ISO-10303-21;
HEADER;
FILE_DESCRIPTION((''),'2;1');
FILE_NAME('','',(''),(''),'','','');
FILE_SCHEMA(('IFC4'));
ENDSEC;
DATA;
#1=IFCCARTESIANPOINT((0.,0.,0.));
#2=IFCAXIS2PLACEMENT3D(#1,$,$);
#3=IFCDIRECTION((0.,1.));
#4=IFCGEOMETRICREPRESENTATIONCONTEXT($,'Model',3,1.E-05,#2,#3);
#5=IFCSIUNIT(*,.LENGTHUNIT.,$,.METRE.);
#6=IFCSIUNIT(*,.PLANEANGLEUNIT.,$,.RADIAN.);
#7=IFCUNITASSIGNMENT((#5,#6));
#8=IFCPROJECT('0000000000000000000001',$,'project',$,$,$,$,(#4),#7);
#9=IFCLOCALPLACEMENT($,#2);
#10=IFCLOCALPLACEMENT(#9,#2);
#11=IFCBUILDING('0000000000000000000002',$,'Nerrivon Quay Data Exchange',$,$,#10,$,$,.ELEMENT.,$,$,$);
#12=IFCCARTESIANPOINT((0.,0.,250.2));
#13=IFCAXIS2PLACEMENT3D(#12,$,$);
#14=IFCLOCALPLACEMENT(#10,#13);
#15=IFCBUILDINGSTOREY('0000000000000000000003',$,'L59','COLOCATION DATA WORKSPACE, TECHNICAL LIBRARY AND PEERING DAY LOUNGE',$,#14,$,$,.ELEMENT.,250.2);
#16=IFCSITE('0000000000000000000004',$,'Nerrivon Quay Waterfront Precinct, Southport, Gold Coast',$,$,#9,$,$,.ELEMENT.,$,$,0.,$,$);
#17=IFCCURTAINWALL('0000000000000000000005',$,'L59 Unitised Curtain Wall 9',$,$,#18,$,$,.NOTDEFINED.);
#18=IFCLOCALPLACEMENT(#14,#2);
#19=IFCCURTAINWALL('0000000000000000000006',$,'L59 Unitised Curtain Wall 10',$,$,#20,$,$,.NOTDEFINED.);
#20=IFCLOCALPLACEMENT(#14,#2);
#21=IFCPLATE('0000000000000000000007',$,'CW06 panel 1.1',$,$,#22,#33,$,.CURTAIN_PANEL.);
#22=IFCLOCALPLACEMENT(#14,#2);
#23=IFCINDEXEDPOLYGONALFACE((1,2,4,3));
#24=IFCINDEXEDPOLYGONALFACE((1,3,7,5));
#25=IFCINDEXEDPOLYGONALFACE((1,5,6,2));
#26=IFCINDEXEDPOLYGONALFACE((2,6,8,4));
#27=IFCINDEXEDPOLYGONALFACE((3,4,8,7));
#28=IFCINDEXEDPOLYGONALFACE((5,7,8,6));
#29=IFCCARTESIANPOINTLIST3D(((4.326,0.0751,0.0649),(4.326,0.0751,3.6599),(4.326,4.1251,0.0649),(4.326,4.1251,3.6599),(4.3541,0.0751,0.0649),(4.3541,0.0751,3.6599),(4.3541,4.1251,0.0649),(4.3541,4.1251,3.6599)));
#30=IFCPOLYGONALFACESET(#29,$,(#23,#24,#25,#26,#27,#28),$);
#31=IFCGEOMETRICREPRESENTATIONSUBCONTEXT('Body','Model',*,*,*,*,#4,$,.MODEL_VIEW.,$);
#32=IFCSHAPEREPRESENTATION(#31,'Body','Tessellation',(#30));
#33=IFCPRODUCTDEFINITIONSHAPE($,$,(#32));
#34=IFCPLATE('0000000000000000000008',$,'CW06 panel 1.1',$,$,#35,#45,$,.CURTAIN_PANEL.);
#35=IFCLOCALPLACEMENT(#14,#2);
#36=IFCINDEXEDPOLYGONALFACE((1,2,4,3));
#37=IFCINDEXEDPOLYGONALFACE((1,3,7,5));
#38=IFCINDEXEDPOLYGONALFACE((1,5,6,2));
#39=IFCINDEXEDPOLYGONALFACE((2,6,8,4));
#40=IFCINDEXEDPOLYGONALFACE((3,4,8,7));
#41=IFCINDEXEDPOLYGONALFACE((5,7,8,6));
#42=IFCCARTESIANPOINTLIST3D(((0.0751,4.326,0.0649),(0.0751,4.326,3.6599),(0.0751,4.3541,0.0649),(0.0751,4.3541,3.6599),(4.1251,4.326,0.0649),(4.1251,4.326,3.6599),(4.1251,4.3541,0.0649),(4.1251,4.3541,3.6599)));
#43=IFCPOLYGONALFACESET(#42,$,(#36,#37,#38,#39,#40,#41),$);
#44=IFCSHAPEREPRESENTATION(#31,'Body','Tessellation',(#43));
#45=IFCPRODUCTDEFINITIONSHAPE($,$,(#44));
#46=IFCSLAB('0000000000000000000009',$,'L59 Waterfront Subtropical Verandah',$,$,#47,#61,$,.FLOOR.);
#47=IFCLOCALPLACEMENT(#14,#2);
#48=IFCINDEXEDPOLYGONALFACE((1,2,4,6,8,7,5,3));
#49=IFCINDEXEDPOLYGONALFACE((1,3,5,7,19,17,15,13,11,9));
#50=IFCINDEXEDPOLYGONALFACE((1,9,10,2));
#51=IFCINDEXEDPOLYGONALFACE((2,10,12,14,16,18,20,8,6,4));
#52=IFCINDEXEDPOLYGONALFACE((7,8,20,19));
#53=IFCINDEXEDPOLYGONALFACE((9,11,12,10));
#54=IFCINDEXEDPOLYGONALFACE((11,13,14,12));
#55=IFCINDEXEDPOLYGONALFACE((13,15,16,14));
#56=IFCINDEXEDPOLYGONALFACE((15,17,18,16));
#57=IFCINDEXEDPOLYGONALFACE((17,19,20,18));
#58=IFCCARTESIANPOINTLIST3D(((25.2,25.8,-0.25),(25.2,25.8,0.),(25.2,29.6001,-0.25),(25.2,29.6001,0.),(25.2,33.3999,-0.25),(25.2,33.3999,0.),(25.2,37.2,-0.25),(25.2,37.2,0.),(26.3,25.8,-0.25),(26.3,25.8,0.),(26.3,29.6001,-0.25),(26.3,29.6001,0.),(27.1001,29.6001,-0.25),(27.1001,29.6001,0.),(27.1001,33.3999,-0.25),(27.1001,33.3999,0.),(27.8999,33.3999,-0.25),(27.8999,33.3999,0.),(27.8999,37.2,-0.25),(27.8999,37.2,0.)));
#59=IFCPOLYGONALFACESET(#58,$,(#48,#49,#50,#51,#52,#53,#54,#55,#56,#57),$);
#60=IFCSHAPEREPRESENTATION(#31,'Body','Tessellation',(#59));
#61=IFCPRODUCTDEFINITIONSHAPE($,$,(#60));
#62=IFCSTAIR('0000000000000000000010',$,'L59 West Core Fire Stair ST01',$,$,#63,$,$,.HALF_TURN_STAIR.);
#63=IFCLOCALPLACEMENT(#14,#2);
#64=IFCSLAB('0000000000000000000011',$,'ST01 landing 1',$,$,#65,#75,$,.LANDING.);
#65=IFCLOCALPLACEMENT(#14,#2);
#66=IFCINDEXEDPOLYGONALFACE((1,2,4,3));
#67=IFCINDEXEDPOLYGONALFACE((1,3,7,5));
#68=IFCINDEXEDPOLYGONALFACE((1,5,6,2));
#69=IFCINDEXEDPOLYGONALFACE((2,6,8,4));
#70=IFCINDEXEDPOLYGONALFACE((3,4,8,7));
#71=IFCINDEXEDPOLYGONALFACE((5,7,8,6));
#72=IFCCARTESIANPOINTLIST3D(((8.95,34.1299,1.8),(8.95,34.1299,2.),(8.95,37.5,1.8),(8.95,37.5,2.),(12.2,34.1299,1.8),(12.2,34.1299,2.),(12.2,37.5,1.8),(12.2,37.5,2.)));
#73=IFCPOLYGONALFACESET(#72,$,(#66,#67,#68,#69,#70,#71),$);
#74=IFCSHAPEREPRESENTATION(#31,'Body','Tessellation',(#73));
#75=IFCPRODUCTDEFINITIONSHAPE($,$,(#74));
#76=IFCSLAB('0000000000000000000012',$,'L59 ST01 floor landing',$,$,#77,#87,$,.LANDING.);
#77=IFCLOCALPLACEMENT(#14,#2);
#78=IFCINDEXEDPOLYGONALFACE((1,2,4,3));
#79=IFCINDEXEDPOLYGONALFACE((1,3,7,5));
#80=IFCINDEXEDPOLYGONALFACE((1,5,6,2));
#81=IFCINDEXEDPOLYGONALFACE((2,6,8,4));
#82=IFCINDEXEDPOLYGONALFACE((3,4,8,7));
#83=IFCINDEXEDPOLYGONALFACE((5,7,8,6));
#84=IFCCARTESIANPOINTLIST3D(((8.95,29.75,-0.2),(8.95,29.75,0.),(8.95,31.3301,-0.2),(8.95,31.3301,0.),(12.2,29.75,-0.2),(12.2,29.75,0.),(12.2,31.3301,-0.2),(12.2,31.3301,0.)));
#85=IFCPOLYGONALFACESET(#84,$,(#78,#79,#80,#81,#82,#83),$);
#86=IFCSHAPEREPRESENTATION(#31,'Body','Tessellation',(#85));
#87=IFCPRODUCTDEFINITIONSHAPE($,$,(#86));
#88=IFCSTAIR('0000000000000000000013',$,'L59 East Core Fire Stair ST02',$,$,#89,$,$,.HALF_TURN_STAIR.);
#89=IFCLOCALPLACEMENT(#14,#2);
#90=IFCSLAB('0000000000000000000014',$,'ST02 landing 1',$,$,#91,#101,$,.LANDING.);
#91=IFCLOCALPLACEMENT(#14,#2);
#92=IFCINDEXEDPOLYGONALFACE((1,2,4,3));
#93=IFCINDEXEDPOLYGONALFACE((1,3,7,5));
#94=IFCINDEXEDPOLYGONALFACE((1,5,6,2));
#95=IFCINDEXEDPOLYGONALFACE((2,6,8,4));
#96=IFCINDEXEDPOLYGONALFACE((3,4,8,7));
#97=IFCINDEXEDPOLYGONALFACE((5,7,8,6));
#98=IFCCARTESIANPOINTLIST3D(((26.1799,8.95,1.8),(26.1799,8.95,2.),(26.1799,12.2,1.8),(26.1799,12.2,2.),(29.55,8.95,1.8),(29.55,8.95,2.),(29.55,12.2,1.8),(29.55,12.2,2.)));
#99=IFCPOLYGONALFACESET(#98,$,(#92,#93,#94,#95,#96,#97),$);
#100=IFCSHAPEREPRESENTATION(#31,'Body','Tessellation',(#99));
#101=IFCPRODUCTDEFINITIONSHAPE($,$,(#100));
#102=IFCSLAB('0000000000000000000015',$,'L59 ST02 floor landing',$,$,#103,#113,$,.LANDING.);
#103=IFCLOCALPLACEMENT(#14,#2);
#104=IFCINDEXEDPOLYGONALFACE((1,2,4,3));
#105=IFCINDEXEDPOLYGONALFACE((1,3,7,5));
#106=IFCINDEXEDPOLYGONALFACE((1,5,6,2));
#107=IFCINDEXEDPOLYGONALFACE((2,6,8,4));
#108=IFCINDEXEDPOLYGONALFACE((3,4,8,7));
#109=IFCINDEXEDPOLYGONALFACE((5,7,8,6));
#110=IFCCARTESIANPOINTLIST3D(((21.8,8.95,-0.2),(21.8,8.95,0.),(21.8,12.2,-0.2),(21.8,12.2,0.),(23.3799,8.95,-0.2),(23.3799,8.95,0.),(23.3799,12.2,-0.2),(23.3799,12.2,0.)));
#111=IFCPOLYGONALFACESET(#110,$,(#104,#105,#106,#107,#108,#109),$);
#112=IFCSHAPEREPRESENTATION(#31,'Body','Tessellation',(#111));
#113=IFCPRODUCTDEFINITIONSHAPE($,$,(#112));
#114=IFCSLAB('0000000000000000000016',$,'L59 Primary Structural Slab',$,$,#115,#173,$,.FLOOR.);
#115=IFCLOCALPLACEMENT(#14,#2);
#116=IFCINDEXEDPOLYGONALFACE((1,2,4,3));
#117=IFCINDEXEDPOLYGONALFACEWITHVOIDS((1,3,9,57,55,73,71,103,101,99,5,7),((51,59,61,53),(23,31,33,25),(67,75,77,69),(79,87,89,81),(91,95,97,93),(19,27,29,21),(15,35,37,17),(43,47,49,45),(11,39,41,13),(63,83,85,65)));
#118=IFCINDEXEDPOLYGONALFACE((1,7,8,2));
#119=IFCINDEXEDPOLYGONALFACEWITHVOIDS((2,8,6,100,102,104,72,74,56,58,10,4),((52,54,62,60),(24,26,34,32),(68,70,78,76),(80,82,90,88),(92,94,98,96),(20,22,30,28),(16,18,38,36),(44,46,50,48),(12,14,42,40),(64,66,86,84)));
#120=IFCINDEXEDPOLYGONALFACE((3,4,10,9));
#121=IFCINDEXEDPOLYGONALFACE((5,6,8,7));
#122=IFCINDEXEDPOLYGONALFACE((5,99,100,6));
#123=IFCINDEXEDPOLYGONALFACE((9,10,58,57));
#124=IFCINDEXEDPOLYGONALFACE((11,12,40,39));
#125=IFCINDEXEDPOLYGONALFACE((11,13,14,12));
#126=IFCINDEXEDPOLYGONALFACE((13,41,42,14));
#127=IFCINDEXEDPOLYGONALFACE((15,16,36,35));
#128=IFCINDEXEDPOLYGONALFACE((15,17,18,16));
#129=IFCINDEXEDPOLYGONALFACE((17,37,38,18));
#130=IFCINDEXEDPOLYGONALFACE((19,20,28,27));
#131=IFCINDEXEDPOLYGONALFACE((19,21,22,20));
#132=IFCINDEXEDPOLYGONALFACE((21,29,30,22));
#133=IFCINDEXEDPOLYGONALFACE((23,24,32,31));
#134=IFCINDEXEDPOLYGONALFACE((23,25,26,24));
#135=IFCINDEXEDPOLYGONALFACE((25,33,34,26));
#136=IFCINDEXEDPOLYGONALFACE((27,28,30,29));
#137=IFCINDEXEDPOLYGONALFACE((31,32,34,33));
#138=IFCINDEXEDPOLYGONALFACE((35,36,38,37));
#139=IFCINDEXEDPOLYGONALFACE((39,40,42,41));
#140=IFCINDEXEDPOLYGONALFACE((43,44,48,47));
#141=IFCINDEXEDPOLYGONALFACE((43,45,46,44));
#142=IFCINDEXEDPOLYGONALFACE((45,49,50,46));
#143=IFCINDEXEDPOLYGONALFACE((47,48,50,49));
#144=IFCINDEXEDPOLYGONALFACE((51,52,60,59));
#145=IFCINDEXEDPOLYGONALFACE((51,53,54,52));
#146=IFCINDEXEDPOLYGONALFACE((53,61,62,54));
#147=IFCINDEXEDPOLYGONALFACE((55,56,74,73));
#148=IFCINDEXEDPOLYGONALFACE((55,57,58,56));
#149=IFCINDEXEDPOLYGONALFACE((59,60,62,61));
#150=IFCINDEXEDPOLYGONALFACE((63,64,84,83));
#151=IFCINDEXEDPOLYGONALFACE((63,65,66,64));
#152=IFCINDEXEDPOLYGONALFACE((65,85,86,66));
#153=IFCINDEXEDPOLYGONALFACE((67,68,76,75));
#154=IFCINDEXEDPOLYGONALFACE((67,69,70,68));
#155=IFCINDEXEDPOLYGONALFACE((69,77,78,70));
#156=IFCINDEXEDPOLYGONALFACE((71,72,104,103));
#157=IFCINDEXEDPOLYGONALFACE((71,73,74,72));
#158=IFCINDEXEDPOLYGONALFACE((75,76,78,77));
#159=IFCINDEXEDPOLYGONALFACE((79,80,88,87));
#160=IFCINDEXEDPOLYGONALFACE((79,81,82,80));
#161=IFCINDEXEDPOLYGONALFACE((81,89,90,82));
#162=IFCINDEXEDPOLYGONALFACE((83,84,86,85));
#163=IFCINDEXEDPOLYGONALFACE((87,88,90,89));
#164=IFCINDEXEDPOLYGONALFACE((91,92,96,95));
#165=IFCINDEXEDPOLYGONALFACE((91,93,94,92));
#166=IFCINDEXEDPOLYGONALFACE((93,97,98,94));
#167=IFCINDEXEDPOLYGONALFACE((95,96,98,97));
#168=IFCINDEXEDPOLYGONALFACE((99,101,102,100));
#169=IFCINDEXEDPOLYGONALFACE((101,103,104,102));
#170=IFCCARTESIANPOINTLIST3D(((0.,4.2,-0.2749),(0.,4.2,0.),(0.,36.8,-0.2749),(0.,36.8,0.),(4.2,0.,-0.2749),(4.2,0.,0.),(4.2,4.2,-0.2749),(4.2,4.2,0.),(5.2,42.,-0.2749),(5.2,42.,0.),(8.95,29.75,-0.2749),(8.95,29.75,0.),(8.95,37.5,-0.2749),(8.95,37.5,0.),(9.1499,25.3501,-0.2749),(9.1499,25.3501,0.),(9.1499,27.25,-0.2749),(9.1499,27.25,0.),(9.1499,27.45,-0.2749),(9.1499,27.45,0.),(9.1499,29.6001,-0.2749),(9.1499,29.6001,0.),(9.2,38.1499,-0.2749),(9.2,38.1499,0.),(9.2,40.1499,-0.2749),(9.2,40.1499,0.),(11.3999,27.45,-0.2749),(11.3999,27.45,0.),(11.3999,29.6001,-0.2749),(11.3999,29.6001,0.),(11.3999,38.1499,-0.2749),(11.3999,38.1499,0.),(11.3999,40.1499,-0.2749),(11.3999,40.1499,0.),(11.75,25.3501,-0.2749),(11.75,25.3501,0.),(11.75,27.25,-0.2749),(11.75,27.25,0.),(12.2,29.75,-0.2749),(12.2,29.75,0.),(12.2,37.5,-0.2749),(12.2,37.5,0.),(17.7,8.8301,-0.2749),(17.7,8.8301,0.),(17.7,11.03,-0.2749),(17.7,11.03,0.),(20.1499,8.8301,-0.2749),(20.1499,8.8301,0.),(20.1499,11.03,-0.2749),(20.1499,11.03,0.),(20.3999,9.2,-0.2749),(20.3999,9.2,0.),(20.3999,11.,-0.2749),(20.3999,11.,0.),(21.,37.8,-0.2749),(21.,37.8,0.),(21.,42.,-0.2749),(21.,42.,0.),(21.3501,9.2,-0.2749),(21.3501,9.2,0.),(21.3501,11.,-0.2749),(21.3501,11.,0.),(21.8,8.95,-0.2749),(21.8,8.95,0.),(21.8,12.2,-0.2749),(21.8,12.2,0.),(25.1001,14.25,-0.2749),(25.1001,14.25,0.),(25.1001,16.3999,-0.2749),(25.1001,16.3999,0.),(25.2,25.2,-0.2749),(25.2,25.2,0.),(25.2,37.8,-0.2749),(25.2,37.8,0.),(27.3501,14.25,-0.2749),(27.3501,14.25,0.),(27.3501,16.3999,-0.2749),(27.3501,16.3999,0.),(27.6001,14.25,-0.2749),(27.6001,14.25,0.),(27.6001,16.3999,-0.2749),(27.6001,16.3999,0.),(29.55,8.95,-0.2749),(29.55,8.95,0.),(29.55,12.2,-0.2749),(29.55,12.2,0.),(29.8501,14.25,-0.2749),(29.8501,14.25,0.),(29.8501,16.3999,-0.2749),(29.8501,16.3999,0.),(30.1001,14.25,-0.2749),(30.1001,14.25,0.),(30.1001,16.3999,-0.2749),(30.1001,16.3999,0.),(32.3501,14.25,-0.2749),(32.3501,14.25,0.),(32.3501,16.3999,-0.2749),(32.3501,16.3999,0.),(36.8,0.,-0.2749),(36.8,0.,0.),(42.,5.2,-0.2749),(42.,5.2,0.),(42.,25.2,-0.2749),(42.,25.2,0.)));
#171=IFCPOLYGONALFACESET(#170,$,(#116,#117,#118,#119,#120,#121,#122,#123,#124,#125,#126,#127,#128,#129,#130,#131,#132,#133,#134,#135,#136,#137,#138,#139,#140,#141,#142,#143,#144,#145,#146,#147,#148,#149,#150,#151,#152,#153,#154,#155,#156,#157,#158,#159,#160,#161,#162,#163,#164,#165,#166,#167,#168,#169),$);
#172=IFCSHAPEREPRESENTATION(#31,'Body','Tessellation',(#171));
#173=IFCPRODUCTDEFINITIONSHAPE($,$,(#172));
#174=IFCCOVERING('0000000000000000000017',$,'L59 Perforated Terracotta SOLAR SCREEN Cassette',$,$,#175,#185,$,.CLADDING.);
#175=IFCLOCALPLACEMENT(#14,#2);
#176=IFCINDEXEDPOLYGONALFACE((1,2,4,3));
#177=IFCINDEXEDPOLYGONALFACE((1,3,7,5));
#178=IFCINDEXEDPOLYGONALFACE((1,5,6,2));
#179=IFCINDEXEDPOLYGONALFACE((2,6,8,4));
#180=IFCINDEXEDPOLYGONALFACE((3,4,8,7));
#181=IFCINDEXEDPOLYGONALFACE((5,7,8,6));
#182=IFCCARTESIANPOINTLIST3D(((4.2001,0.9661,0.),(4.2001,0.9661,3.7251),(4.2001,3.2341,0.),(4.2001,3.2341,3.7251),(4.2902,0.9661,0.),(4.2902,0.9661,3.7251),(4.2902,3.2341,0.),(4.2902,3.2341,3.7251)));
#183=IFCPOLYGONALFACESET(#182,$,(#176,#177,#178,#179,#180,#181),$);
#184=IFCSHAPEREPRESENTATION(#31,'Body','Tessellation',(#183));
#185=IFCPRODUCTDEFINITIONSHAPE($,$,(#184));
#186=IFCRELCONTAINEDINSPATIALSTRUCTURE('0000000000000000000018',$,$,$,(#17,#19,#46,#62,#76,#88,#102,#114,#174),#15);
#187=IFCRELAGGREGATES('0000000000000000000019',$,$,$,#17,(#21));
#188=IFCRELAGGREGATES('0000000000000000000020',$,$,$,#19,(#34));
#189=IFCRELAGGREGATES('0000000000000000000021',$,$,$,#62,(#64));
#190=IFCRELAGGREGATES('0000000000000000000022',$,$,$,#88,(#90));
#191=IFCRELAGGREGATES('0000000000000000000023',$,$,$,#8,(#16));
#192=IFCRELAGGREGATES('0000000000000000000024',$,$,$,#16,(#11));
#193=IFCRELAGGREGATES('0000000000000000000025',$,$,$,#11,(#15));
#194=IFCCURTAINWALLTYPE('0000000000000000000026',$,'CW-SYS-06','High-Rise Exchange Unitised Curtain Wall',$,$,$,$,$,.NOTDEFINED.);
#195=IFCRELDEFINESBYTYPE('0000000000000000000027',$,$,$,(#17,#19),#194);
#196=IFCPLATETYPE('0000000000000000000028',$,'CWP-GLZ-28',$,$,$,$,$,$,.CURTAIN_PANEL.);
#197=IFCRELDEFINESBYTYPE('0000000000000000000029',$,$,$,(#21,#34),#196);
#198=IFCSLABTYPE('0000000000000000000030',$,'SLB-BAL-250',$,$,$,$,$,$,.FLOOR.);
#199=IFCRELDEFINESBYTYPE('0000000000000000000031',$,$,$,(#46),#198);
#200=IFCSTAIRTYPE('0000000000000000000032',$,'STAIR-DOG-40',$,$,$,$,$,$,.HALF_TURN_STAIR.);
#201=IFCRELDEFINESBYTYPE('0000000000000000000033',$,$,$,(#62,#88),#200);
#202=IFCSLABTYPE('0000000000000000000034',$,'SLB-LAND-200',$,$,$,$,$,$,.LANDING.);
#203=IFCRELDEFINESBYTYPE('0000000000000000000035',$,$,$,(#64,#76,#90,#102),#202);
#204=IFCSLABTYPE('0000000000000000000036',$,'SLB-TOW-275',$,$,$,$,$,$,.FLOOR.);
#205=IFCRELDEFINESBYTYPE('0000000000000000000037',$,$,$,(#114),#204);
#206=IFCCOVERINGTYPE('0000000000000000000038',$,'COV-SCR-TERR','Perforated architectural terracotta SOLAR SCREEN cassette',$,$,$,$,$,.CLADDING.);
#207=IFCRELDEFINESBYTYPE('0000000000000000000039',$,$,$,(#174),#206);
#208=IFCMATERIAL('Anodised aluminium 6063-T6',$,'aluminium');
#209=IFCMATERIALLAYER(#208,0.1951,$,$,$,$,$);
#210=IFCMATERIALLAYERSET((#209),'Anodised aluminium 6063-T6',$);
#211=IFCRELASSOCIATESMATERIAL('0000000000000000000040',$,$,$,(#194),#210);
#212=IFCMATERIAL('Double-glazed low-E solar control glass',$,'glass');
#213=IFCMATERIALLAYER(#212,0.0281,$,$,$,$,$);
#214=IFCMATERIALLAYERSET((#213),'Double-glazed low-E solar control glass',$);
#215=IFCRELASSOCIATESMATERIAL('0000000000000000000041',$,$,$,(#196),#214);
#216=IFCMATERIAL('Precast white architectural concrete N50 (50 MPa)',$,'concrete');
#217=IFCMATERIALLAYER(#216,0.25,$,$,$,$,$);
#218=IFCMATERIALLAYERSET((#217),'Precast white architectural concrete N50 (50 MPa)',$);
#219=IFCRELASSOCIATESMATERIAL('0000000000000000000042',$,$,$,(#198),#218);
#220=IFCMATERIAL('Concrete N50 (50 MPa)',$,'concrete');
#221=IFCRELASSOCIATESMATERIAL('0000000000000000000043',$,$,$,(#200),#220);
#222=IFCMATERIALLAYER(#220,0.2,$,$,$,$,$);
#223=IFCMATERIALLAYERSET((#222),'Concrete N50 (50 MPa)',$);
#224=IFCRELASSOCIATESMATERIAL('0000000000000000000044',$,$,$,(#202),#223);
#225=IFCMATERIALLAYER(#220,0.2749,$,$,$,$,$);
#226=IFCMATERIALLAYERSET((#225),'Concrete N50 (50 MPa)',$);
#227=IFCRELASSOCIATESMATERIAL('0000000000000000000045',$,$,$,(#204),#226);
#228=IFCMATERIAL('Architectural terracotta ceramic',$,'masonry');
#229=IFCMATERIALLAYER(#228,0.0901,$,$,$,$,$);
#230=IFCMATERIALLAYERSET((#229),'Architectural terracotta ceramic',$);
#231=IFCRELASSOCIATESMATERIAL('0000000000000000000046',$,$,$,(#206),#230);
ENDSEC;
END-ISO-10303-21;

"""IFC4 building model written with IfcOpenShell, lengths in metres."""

from ifc_helpers import new_model, si_unit, direction, frame, origin, origin_2d, place, context, subcontext, project, spatial, polyline, rectangle, outline, extrude, material, layer, layer_set, type_object, element, aggregate, save


model = new_model("IFC4")

# Units and contexts
model_context = context("Model", 3, precision=1e-05, world=origin(), true_north=direction((0.0, 1.0)))
body_context = subcontext(model_context, "Body", "Model", "MODEL_VIEW")
ifc_project = project(units=[si_unit("LENGTHUNIT", "METRE"), si_unit("PLANEANGLEUNIT", "RADIAN")], contexts=[model_context])

# Site, building, storey
site_placement = place(None, origin())
site = spatial("IfcSite", under=ifc_project, at=site_placement, Name="Nerrivon Quay Waterfront Precinct, Southport, Gold Coast", CompositionType="ELEMENT", RefElevation=0.0)
building_placement = place(site_placement, origin())
building = spatial("IfcBuilding", under=site, at=building_placement, Name="Nerrivon Quay Data Exchange", CompositionType="ELEMENT")
storey_placement = place(building_placement, frame((0.0, 0.0, 250.2)))
storey = spatial("IfcBuildingStorey", under=building, at=storey_placement, Name="L59", Description="COLOCATION DATA WORKSPACE, TECHNICAL LIBRARY AND PEERING DAY LOUNGE", CompositionType="ELEMENT", Elevation=250.2)

# Shared definitions
ifc_material_1 = material(Name="Anodised aluminium 6063-T6", Category="aluminium")
ifc_layer_1 = layer(ifc_material_1, 0.1951)
ifc_layer_set_1 = layer_set([ifc_layer_1], Name="Anodised aluminium 6063-T6")
curtain_wall_type = type_object("IfcCurtainWallType", Name="CW-SYS-06", Description="High-Rise Exchange Unitised Curtain Wall", PredefinedType="NOTDEFINED", material=ifc_layer_set_1)

# Curtain wall
curtain_wall_1_placement = place(storey_placement, origin())
curtain_wall_1 = element("IfcCurtainWall", 1, at=curtain_wall_1_placement, inside=storey, type_object=curtain_wall_type, Name="L59 Unitised Curtain Wall 9", PredefinedType="NOTDEFINED")

# Curtain wall
curtain_wall_2_placement = place(storey_placement, origin())
curtain_wall_2 = element("IfcCurtainWall", 2, at=curtain_wall_2_placement, inside=storey, type_object=curtain_wall_type, Name="L59 Unitised Curtain Wall 10", PredefinedType="NOTDEFINED")

# Plates
ifc_material_2 = material(Name="Double-glazed low-E solar control glass", Category="glass")
ifc_layer_2 = layer(ifc_material_2, 0.0281)
ifc_layer_set_2 = layer_set([ifc_layer_2], Name="Double-glazed low-E solar control glass")
plate_type = type_object("IfcPlateType", Name="CWP-GLZ-28", PredefinedType="CURTAIN_PANEL", material=ifc_layer_set_2)
plate_1_placement = place(storey_placement, frame((4.3401, 2.1001, 0.0649), z_axis=(0.0, 0.0, 1.0), x_axis=(0.0, 1.0, 0.0)))
plate_1 = element("IfcPlate", 3, at=plate_1_placement, type_object=plate_type, Name="CW06 panel 1.1", PredefinedType="CURTAIN_PANEL", context=body_context, shape_type="SweptSolid", body=[
    extrude(rectangle(XDim=4.05, YDim=0.0281, at=origin_2d()), origin(), (0.0, 0.0, 1.0), 3.595),
])
aggregate(curtain_wall_1, [plate_1])
plate_2_placement = place(storey_placement, frame((2.1001, 4.3401, 0.0649), z_axis=(0.0, 0.0, 1.0), x_axis=(-1.0, 0.0, 0.0)))
plate_2 = element("IfcPlate", 4, at=plate_2_placement, type_object=plate_type, Name="CW06 panel 1.1", PredefinedType="CURTAIN_PANEL", context=body_context, shape_type="SweptSolid", body=[
    extrude(rectangle(XDim=4.05, YDim=0.0281, at=origin_2d()), origin(), (0.0, 0.0, 1.0), 3.595),
])
aggregate(curtain_wall_2, [plate_2])

# Slab
ifc_material_3 = material(Name="Precast white architectural concrete N50 (50 MPa)", Category="concrete")
ifc_layer_3 = layer(ifc_material_3, 0.25)
ifc_layer_set_3 = layer_set([ifc_layer_3], Name="Precast white architectural concrete N50 (50 MPa)")
slab_type_1 = type_object("IfcSlabType", Name="SLB-BAL-250", PredefinedType="FLOOR", material=ifc_layer_set_3)
slab_1_placement = place(storey_placement, frame((0.0, 0.0, -0.25)))
element("IfcSlab", 5, at=slab_1_placement, inside=storey, type_object=slab_type_1, Name="L59 Waterfront Subtropical Verandah", PredefinedType="FLOOR", context=body_context, shape_type="SweptSolid", body=[
    extrude(outline(polyline([(26.3, 29.6001), (27.1001, 29.6001), (27.1001, 33.3999), (27.8999, 33.3999), (27.8999, 37.2), (25.2, 37.2), (25.2, 33.3999), (25.2, 29.6001), (25.2, 25.8), (26.3, 25.8), (26.3, 29.6001)])), origin(), (0.0, 0.0, 1.0), 0.25),
])

# Stair, slab
ifc_material_4 = material(Name="Concrete N50 (50 MPa)", Category="concrete")
stair_type = type_object("IfcStairType", Name="STAIR-DOG-40", PredefinedType="HALF_TURN_STAIR", material=ifc_material_4)
stair_1_placement = place(storey_placement, origin())
stair_1 = element("IfcStair", 6, at=stair_1_placement, inside=storey, type_object=stair_type, Name="L59 West Core Fire Stair ST01", PredefinedType="HALF_TURN_STAIR")
ifc_layer_4 = layer(ifc_material_4, 0.2)
ifc_layer_set_4 = layer_set([ifc_layer_4], Name="Concrete N50 (50 MPa)")
slab_type_2 = type_object("IfcSlabType", Name="SLB-LAND-200", PredefinedType="LANDING", material=ifc_layer_set_4)
slab_2_placement = place(storey_placement, frame((0.0, 0.0, 1.8)))
slab_2 = element("IfcSlab", 7, at=slab_2_placement, type_object=slab_type_2, Name="ST01 landing 1", PredefinedType="LANDING", context=body_context, shape_type="SweptSolid", body=[
    extrude(outline(polyline([(12.2, 34.1299), (12.2, 37.5), (8.95, 37.5), (8.95, 34.1299), (12.2, 34.1299)])), origin(), (0.0, 0.0, 1.0), 0.2),
])
aggregate(stair_1, [slab_2])

# Slab
slab_3_placement = place(storey_placement, frame((0.0, 0.0, -0.2)))
element("IfcSlab", 8, at=slab_3_placement, inside=storey, type_object=slab_type_2, Name="L59 ST01 floor landing", PredefinedType="LANDING", context=body_context, shape_type="SweptSolid", body=[
    extrude(outline(polyline([(12.2, 29.75), (12.2, 31.3301), (8.95, 31.3301), (8.95, 29.75), (12.2, 29.75)])), origin(), (0.0, 0.0, 1.0), 0.2),
])

# Stair, slab
stair_2_placement = place(storey_placement, origin())
stair_2 = element("IfcStair", 9, at=stair_2_placement, inside=storey, type_object=stair_type, Name="L59 East Core Fire Stair ST02", PredefinedType="HALF_TURN_STAIR")
slab_4_placement = place(storey_placement, frame((0.0, 0.0, 1.8)))
slab_4 = element("IfcSlab", 10, at=slab_4_placement, type_object=slab_type_2, Name="ST02 landing 1", PredefinedType="LANDING", context=body_context, shape_type="SweptSolid", body=[
    extrude(outline(polyline([(26.1799, 8.95), (29.55, 8.95), (29.55, 12.2), (26.1799, 12.2), (26.1799, 8.95)])), origin(), (0.0, 0.0, 1.0), 0.2),
])
aggregate(stair_2, [slab_4])

# Slabs
slab_5_placement = place(storey_placement, frame((0.0, 0.0, -0.2)))
element("IfcSlab", 11, at=slab_5_placement, inside=storey, type_object=slab_type_2, Name="L59 ST02 floor landing", PredefinedType="LANDING", context=body_context, shape_type="SweptSolid", body=[
    extrude(outline(polyline([(21.8, 8.95), (23.3799, 8.95), (23.3799, 12.2), (21.8, 12.2), (21.8, 8.95)])), origin(), (0.0, 0.0, 1.0), 0.2),
])
ifc_layer_5 = layer(ifc_material_4, 0.2749)
ifc_layer_set_5 = layer_set([ifc_layer_5], Name="Concrete N50 (50 MPa)")
slab_type_3 = type_object("IfcSlabType", Name="SLB-TOW-275", PredefinedType="FLOOR", material=ifc_layer_set_5)
slab_6_placement = place(storey_placement, frame((0.0, 0.0, -0.2749)))
element("IfcSlab", 12, at=slab_6_placement, inside=storey, type_object=slab_type_3, Name="L59 Primary Structural Slab", PredefinedType="FLOOR", context=body_context, shape_type="SweptSolid", body=[
    extrude(outline(polyline([(42.0, 25.2), (25.2, 25.2), (25.2, 37.8), (21.0, 37.8), (21.0, 42.0), (5.2, 42.0), (0.0, 36.8), (0.0, 4.2), (4.2, 4.2), (4.2, 0.0), (36.8, 0.0), (42.0, 5.2), (42.0, 25.2)]), holes=[polyline([(8.95, 29.75), (8.95, 37.5), (12.2, 37.5), (12.2, 29.75), (8.95, 29.75)]), polyline([(21.8, 12.2), (29.55, 12.2), (29.55, 8.95), (21.8, 8.95), (21.8, 12.2)]), polyline([(30.1001, 14.25), (30.1001, 16.3999), (32.3501, 16.3999), (32.3501, 14.25), (30.1001, 14.25)]), polyline([(27.6001, 14.25), (27.6001, 16.3999), (29.8501, 16.3999), (29.8501, 14.25), (27.6001, 14.25)]), polyline([(25.1001, 14.25), (25.1001, 16.3999), (27.3501, 16.3999), (27.3501, 14.25), (25.1001, 14.25)]), polyline([(20.3999, 9.2), (20.3999, 11.0), (21.3501, 11.0), (21.3501, 9.2), (20.3999, 9.2)]), polyline([(17.7, 8.8301), (17.7, 11.03), (20.1499, 11.03), (20.1499, 8.8301), (17.7, 8.8301)]), polyline([(9.1499, 25.3501), (9.1499, 27.25), (11.75, 27.25), (11.75, 25.3501), (9.1499, 25.3501)]), polyline([(9.1499, 27.45), (9.1499, 29.6001), (11.3999, 29.6001), (11.3999, 27.45), (9.1499, 27.45)]), polyline([(9.2, 38.1499), (9.2, 40.1499), (11.3999, 40.1499), (11.3999, 38.1499), (9.2, 38.1499)])]), origin(), (0.0, 0.0, 1.0), 0.2749),
])

# Covering
ifc_material_5 = material(Name="Architectural terracotta ceramic", Category="masonry")
ifc_layer_6 = layer(ifc_material_5, 0.0901)
ifc_layer_set_6 = layer_set([ifc_layer_6], Name="Architectural terracotta ceramic")
covering_type = type_object("IfcCoveringType", Name="COV-SCR-TERR", Description="Perforated architectural terracotta SOLAR SCREEN cassette", PredefinedType="CLADDING", material=ifc_layer_set_6)
for number, where, z_axis, x_axis, name in (
    (13, (4.2451, 2.1001, 0.0), (0.0, 0.0, 1.0), (0.0, 1.0, 0.0), "L59 Perforated Terracotta SOLAR SCREEN Cassette"),
):
    element("IfcCovering", number, at=place(storey_placement, frame(where, z_axis=z_axis, x_axis=x_axis)), inside=storey, type_object=covering_type, Name=name, PredefinedType="CLADDING", context=body_context, shape_type="SweptSolid", body=[
        extrude(rectangle(XDim=2.2681, YDim=0.0901, at=origin_2d()), origin(), (0.0, 0.0, 1.0), 3.7251),
    ])

save(model, "model.ifc")
